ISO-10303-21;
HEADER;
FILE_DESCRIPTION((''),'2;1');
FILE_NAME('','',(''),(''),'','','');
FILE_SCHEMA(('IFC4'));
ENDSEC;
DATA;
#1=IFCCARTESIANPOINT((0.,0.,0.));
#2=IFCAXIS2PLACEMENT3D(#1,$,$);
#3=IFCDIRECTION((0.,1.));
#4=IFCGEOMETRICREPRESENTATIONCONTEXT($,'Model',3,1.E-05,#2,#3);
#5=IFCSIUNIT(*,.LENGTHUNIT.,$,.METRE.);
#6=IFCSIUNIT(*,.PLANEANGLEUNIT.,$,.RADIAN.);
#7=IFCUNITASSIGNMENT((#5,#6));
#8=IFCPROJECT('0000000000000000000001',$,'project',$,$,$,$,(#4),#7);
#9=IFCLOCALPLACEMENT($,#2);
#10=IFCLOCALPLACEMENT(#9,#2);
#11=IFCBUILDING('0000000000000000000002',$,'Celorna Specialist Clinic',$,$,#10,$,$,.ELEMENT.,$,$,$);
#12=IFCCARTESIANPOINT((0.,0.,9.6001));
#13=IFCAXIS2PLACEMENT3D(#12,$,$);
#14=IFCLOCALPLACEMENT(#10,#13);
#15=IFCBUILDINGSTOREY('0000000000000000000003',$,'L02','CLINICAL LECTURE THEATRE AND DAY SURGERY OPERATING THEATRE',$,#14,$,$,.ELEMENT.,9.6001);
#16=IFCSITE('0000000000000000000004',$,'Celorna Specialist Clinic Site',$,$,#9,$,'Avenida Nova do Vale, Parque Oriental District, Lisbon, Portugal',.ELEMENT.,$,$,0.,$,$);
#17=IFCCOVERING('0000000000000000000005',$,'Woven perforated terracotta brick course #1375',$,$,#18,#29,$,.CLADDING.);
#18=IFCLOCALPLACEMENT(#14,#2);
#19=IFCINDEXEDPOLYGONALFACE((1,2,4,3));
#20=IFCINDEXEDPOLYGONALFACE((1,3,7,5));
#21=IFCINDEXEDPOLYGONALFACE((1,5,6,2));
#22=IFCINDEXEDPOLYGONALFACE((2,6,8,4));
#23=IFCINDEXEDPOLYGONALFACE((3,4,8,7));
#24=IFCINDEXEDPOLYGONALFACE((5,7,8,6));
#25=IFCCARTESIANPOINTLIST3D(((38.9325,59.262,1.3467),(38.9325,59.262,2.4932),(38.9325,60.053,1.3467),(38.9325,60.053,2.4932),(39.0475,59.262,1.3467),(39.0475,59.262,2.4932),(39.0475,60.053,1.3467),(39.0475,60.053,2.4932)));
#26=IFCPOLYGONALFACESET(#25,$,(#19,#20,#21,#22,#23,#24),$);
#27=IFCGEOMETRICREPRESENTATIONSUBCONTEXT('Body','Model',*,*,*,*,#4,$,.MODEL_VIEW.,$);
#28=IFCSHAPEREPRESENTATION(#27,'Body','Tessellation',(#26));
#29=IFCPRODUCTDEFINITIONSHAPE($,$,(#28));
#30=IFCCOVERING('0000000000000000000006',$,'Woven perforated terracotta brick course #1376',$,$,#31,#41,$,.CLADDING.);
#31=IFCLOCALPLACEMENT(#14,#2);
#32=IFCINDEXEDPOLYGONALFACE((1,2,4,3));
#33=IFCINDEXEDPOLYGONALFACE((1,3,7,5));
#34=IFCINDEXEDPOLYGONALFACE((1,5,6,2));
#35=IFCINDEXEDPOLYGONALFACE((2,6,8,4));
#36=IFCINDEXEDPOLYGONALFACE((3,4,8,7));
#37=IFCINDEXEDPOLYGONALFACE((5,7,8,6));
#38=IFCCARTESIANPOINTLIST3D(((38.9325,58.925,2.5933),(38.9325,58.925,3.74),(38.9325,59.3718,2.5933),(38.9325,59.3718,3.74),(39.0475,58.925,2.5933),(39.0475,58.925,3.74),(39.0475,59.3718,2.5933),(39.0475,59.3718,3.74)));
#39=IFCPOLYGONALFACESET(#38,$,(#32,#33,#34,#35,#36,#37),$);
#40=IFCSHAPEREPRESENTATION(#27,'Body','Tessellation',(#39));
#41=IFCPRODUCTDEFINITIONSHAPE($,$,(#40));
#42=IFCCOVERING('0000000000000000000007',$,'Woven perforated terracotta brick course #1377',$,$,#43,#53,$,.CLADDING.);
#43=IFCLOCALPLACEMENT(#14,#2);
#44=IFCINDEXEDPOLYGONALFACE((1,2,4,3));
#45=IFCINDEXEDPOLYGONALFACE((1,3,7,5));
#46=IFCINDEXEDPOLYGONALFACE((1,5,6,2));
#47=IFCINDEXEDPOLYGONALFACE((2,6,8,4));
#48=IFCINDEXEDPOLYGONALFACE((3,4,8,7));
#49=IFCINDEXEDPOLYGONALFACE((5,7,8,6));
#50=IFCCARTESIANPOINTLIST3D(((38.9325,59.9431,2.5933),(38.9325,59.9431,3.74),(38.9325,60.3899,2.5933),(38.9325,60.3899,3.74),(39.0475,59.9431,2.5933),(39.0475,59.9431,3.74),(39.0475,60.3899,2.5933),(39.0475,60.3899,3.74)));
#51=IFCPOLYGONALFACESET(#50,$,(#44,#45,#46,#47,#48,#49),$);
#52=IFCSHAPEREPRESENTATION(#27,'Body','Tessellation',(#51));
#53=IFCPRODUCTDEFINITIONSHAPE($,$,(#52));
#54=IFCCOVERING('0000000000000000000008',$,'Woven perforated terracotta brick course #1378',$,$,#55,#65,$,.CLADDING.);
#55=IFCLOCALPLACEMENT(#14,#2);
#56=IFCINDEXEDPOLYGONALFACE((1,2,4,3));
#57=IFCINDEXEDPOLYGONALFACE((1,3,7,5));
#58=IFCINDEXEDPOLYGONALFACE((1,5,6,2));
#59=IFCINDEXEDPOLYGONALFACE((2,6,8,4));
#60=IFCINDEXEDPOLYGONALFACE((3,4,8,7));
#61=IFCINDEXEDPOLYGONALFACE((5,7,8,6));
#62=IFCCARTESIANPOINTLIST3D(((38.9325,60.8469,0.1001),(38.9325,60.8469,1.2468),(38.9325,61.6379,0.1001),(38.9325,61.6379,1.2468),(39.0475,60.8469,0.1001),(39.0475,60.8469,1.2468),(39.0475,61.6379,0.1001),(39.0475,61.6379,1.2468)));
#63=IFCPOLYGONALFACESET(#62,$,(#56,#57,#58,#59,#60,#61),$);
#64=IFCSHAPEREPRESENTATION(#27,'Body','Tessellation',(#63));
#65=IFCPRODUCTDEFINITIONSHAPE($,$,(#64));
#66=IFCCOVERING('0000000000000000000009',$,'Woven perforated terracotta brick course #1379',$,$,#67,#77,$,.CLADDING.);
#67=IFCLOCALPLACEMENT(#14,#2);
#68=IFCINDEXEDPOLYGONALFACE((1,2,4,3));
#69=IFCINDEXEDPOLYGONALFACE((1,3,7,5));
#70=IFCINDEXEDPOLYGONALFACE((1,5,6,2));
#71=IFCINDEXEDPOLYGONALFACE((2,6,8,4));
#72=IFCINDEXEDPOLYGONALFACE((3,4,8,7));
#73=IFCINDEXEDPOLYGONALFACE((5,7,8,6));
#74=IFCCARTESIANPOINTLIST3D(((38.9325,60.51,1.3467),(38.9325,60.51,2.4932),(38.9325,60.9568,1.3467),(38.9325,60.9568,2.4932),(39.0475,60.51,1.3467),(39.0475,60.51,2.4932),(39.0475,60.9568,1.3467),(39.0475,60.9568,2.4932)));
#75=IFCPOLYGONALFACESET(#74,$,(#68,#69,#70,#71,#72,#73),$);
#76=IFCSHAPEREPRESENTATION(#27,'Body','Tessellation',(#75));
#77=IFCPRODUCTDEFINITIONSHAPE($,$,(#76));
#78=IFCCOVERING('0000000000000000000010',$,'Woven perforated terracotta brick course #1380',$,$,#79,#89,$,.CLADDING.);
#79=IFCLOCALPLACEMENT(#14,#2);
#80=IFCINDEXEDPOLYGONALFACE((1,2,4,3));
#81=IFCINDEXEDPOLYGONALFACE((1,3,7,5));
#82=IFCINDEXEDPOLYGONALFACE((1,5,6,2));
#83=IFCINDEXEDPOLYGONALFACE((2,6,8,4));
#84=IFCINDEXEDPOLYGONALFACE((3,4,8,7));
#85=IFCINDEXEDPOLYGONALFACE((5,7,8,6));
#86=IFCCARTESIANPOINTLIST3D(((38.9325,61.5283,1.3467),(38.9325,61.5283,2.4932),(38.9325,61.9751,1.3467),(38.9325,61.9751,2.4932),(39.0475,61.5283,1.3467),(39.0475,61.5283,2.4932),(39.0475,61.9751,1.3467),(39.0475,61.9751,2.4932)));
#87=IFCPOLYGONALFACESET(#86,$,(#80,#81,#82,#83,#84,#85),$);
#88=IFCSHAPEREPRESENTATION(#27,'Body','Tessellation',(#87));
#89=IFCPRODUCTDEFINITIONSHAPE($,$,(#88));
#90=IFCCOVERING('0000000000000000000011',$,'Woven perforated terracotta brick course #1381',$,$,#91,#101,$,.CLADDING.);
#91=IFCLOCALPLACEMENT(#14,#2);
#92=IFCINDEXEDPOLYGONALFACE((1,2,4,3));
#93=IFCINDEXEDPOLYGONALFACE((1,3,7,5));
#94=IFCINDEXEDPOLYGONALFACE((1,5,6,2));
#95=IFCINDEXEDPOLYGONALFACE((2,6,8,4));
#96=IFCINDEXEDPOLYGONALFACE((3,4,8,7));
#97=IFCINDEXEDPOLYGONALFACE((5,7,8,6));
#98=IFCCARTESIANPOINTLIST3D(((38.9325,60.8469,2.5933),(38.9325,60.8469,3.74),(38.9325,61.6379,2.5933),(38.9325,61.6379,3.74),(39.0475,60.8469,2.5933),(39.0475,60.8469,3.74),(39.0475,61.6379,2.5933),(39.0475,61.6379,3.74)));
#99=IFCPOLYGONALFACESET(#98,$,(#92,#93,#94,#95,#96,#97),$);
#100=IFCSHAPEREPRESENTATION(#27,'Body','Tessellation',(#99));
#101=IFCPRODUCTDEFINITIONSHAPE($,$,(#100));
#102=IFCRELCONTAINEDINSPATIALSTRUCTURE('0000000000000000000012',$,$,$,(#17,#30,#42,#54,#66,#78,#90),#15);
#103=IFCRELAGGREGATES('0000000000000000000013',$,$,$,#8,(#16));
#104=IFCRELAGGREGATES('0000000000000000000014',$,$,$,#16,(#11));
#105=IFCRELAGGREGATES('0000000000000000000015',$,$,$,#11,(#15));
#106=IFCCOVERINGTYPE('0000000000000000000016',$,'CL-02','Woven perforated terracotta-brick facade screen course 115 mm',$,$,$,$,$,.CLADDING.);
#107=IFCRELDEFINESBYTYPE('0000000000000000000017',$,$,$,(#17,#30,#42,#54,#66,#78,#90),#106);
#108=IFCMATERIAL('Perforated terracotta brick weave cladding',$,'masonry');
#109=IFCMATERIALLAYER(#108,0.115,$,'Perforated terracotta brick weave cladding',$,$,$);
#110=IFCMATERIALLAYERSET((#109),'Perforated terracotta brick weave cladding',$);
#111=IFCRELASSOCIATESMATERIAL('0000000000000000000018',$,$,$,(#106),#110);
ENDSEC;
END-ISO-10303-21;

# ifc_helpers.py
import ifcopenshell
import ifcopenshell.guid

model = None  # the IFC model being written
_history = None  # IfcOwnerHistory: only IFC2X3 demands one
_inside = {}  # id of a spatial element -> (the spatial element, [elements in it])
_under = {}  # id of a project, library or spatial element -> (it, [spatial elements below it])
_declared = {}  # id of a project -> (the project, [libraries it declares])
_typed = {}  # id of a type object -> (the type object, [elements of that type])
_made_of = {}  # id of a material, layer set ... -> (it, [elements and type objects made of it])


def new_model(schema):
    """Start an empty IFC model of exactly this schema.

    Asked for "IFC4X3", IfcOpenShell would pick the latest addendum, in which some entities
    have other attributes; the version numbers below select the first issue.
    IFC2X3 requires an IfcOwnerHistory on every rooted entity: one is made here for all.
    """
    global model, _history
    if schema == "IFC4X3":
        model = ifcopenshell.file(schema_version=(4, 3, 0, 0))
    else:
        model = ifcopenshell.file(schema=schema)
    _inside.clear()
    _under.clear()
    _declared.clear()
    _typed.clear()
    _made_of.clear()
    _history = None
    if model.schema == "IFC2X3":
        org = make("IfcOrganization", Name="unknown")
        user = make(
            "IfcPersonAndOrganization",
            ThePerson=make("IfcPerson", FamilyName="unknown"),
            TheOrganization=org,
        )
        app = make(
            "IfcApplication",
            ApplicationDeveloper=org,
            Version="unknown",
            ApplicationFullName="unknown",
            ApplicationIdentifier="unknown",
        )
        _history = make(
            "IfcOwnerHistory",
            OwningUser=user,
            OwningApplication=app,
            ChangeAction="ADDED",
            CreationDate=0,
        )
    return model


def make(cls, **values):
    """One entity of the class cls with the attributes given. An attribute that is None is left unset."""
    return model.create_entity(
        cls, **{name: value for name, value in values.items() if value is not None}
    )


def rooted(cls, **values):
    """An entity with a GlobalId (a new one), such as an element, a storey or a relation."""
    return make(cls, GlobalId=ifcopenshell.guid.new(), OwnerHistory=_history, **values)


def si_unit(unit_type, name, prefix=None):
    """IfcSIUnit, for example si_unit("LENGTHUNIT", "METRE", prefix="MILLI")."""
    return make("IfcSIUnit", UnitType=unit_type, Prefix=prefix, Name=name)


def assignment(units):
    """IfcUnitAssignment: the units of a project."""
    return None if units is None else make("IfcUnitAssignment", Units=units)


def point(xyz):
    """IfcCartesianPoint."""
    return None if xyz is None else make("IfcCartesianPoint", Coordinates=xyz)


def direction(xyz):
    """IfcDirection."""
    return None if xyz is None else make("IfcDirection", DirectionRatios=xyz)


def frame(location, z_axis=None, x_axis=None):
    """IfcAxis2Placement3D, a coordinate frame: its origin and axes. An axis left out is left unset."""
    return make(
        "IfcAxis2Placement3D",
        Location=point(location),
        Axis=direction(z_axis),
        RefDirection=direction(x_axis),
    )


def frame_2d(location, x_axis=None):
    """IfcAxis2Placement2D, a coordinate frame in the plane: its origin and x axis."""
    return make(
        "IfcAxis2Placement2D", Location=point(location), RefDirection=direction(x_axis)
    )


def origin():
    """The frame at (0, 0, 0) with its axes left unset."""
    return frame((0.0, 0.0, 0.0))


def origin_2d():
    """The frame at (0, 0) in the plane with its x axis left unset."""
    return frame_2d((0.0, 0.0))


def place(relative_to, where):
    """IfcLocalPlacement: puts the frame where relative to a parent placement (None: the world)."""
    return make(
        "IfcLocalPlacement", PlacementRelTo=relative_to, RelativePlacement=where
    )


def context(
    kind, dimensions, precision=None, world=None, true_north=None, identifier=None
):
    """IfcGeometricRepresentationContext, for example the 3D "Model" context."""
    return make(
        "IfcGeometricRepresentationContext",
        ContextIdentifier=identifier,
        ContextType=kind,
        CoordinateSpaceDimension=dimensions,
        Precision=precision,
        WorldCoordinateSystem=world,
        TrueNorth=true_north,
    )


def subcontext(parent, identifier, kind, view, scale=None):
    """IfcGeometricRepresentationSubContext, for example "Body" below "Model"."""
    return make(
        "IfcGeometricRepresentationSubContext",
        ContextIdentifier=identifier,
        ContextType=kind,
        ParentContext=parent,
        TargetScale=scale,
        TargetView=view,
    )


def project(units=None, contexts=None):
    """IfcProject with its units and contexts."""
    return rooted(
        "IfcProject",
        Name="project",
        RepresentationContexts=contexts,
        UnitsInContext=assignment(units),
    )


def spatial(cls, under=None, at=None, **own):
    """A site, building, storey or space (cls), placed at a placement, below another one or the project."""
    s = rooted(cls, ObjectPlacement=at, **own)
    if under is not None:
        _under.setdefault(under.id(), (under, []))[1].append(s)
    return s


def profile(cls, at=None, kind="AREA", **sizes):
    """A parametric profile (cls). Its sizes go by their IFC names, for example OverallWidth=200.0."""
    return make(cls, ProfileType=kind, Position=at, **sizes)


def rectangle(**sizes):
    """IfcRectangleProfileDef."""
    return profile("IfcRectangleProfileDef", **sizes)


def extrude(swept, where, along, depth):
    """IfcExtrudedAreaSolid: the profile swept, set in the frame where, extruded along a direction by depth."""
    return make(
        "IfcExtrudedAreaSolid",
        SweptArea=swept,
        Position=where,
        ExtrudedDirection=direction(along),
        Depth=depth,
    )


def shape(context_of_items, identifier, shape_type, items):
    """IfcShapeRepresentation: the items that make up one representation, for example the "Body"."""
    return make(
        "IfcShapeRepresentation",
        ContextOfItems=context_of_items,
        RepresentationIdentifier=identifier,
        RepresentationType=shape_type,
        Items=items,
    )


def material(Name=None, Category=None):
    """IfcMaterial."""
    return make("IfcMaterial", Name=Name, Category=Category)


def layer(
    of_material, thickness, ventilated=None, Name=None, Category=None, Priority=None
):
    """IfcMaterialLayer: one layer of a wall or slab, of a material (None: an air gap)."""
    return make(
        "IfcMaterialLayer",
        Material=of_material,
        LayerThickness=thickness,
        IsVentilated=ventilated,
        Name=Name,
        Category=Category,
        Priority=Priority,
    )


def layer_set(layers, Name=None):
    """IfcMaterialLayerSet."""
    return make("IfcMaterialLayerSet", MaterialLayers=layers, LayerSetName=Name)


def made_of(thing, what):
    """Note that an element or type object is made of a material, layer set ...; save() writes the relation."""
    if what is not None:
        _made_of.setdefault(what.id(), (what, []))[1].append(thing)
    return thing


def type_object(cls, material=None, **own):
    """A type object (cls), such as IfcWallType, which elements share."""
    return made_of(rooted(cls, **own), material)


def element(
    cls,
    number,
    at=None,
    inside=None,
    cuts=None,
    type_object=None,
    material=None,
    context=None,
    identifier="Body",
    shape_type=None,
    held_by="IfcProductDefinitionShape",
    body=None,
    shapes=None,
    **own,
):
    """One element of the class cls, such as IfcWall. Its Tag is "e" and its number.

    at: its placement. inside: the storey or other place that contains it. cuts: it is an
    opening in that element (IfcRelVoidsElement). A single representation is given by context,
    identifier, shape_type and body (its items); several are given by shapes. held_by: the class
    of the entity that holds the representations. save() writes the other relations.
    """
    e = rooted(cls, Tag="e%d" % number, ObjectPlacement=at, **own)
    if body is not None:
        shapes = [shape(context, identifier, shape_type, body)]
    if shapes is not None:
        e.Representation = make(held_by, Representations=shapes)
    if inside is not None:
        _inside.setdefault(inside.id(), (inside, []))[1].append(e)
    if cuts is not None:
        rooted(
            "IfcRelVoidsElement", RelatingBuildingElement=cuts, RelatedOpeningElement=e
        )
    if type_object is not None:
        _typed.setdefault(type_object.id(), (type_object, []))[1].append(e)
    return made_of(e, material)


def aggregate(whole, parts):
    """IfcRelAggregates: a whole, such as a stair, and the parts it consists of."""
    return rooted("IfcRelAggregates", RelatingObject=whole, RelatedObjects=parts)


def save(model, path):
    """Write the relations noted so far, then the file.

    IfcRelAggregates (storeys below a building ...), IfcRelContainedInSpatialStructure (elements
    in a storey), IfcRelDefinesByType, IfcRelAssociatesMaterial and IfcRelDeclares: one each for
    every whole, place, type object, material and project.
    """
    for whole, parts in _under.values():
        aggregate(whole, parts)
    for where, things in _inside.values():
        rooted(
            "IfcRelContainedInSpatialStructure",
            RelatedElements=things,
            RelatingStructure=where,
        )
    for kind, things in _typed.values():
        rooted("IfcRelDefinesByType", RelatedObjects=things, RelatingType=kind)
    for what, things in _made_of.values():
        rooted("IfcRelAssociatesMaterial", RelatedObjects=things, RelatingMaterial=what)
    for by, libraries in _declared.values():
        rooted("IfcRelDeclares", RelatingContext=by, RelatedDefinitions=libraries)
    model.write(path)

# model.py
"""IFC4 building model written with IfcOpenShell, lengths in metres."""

from ifc_helpers import new_model, si_unit, direction, frame, origin, origin_2d, place, context, subcontext, project, spatial, rectangle, extrude, material, layer, layer_set, type_object, element, save


model = new_model("IFC4")

# Units and contexts
model_context = context("Model", 3, precision=1e-05, world=origin(), true_north=direction((0.0, 1.0)))
body_context = subcontext(model_context, "Body", "Model", "MODEL_VIEW")
ifc_project = project(units=[si_unit("LENGTHUNIT", "METRE"), si_unit("PLANEANGLEUNIT", "RADIAN")], contexts=[model_context])

# Site, building, storey
site_placement = place(None, origin())
site = spatial("IfcSite", under=ifc_project, at=site_placement, Name="Celorna Specialist Clinic Site", LongName="Avenida Nova do Vale, Parque Oriental District, Lisbon, Portugal", CompositionType="ELEMENT", RefElevation=0.0)
building_placement = place(site_placement, origin())
building = spatial("IfcBuilding", under=site, at=building_placement, Name="Celorna Specialist Clinic", CompositionType="ELEMENT")
storey_placement = place(building_placement, frame((0.0, 0.0, 9.6001)))
storey = spatial("IfcBuildingStorey", under=building, at=storey_placement, Name="L02", Description="CLINICAL LECTURE THEATRE AND DAY SURGERY OPERATING THEATRE", CompositionType="ELEMENT", Elevation=9.6001)

# Coverings
ifc_material_1 = material(Name="Perforated terracotta brick weave cladding", Category="masonry")
ifc_layer_1 = layer(ifc_material_1, 0.115, Name="Perforated terracotta brick weave cladding")
ifc_layer_set_1 = layer_set([ifc_layer_1], Name="Perforated terracotta brick weave cladding")
covering_type = type_object("IfcCoveringType", Name="CL-02", Description="Woven perforated terracotta-brick facade screen course 115 mm", PredefinedType="CLADDING", material=ifc_layer_set_1)
covering_1_placement = place(storey_placement, frame((38.99, 59.6575, 1.3467), z_axis=(0.0, 0.0, 1.0), x_axis=(0.0, 1.0, 0.0)))
element("IfcCovering", 1, at=covering_1_placement, inside=storey, type_object=covering_type, Name="Woven perforated terracotta brick course #1375", PredefinedType="CLADDING", context=body_context, shape_type="SweptSolid", body=[
    extrude(rectangle(XDim=0.791, YDim=0.115, at=origin_2d()), origin(), (0.0, 0.0, 1.0), 1.1465),
])
for number, where, z_axis, x_axis, name in (
    (2, (38.99, 59.1484, 2.5933), (0.0, 0.0, 1.0), (0.0, 1.0, 0.0), "Woven perforated terracotta brick course #1376"),
    (3, (38.99, 60.1665, 2.5933), (0.0, 0.0, 1.0), (0.0, 1.0, 0.0), "Woven perforated terracotta brick course #1377"),
):
    element("IfcCovering", number, at=place(storey_placement, frame(where, z_axis=z_axis, x_axis=x_axis)), inside=storey, type_object=covering_type, Name=name, PredefinedType="CLADDING", context=body_context, shape_type="SweptSolid", body=[
        extrude(rectangle(XDim=0.4468, YDim=0.115, at=origin_2d()), origin(), (0.0, 0.0, 1.0), 1.1467),
    ])
covering_2_placement = place(storey_placement, frame((38.99, 61.2424, 0.1001), z_axis=(0.0, 0.0, 1.0), x_axis=(0.0, 1.0, 0.0)))
element("IfcCovering", 4, at=covering_2_placement, inside=storey, type_object=covering_type, Name="Woven perforated terracotta brick course #1378", PredefinedType="CLADDING", context=body_context, shape_type="SweptSolid", body=[
    extrude(rectangle(XDim=0.791, YDim=0.115, at=origin_2d()), origin(), (0.0, 0.0, 1.0), 1.1467),
])
for number, where, z_axis, x_axis, name in (
    (5, (38.99, 60.7334, 1.3467), (0.0, 0.0, 1.0), (0.0, 1.0, 0.0), "Woven perforated terracotta brick course #1379"),
    (6, (38.99, 61.7517, 1.3467), (0.0, 0.0, 1.0), (0.0, 1.0, 0.0), "Woven perforated terracotta brick course #1380"),
):
    element("IfcCovering", number, at=place(storey_placement, frame(where, z_axis=z_axis, x_axis=x_axis)), inside=storey, type_object=covering_type, Name=name, PredefinedType="CLADDING", context=body_context, shape_type="SweptSolid", body=[
        extrude(rectangle(XDim=0.4468, YDim=0.115, at=origin_2d()), origin(), (0.0, 0.0, 1.0), 1.1465),
    ])
covering_3_placement = place(storey_placement, frame((38.99, 61.2424, 2.5933), z_axis=(0.0, 0.0, 1.0), x_axis=(0.0, 1.0, 0.0)))
element("IfcCovering", 7, at=covering_3_placement, inside=storey, type_object=covering_type, Name="Woven perforated terracotta brick course #1381", PredefinedType="CLADDING", context=body_context, shape_type="SweptSolid", body=[
    extrude(rectangle(XDim=0.791, YDim=0.115, at=origin_2d()), origin(), (0.0, 0.0, 1.0), 1.1467),
])

save(model, "model.ifc")
